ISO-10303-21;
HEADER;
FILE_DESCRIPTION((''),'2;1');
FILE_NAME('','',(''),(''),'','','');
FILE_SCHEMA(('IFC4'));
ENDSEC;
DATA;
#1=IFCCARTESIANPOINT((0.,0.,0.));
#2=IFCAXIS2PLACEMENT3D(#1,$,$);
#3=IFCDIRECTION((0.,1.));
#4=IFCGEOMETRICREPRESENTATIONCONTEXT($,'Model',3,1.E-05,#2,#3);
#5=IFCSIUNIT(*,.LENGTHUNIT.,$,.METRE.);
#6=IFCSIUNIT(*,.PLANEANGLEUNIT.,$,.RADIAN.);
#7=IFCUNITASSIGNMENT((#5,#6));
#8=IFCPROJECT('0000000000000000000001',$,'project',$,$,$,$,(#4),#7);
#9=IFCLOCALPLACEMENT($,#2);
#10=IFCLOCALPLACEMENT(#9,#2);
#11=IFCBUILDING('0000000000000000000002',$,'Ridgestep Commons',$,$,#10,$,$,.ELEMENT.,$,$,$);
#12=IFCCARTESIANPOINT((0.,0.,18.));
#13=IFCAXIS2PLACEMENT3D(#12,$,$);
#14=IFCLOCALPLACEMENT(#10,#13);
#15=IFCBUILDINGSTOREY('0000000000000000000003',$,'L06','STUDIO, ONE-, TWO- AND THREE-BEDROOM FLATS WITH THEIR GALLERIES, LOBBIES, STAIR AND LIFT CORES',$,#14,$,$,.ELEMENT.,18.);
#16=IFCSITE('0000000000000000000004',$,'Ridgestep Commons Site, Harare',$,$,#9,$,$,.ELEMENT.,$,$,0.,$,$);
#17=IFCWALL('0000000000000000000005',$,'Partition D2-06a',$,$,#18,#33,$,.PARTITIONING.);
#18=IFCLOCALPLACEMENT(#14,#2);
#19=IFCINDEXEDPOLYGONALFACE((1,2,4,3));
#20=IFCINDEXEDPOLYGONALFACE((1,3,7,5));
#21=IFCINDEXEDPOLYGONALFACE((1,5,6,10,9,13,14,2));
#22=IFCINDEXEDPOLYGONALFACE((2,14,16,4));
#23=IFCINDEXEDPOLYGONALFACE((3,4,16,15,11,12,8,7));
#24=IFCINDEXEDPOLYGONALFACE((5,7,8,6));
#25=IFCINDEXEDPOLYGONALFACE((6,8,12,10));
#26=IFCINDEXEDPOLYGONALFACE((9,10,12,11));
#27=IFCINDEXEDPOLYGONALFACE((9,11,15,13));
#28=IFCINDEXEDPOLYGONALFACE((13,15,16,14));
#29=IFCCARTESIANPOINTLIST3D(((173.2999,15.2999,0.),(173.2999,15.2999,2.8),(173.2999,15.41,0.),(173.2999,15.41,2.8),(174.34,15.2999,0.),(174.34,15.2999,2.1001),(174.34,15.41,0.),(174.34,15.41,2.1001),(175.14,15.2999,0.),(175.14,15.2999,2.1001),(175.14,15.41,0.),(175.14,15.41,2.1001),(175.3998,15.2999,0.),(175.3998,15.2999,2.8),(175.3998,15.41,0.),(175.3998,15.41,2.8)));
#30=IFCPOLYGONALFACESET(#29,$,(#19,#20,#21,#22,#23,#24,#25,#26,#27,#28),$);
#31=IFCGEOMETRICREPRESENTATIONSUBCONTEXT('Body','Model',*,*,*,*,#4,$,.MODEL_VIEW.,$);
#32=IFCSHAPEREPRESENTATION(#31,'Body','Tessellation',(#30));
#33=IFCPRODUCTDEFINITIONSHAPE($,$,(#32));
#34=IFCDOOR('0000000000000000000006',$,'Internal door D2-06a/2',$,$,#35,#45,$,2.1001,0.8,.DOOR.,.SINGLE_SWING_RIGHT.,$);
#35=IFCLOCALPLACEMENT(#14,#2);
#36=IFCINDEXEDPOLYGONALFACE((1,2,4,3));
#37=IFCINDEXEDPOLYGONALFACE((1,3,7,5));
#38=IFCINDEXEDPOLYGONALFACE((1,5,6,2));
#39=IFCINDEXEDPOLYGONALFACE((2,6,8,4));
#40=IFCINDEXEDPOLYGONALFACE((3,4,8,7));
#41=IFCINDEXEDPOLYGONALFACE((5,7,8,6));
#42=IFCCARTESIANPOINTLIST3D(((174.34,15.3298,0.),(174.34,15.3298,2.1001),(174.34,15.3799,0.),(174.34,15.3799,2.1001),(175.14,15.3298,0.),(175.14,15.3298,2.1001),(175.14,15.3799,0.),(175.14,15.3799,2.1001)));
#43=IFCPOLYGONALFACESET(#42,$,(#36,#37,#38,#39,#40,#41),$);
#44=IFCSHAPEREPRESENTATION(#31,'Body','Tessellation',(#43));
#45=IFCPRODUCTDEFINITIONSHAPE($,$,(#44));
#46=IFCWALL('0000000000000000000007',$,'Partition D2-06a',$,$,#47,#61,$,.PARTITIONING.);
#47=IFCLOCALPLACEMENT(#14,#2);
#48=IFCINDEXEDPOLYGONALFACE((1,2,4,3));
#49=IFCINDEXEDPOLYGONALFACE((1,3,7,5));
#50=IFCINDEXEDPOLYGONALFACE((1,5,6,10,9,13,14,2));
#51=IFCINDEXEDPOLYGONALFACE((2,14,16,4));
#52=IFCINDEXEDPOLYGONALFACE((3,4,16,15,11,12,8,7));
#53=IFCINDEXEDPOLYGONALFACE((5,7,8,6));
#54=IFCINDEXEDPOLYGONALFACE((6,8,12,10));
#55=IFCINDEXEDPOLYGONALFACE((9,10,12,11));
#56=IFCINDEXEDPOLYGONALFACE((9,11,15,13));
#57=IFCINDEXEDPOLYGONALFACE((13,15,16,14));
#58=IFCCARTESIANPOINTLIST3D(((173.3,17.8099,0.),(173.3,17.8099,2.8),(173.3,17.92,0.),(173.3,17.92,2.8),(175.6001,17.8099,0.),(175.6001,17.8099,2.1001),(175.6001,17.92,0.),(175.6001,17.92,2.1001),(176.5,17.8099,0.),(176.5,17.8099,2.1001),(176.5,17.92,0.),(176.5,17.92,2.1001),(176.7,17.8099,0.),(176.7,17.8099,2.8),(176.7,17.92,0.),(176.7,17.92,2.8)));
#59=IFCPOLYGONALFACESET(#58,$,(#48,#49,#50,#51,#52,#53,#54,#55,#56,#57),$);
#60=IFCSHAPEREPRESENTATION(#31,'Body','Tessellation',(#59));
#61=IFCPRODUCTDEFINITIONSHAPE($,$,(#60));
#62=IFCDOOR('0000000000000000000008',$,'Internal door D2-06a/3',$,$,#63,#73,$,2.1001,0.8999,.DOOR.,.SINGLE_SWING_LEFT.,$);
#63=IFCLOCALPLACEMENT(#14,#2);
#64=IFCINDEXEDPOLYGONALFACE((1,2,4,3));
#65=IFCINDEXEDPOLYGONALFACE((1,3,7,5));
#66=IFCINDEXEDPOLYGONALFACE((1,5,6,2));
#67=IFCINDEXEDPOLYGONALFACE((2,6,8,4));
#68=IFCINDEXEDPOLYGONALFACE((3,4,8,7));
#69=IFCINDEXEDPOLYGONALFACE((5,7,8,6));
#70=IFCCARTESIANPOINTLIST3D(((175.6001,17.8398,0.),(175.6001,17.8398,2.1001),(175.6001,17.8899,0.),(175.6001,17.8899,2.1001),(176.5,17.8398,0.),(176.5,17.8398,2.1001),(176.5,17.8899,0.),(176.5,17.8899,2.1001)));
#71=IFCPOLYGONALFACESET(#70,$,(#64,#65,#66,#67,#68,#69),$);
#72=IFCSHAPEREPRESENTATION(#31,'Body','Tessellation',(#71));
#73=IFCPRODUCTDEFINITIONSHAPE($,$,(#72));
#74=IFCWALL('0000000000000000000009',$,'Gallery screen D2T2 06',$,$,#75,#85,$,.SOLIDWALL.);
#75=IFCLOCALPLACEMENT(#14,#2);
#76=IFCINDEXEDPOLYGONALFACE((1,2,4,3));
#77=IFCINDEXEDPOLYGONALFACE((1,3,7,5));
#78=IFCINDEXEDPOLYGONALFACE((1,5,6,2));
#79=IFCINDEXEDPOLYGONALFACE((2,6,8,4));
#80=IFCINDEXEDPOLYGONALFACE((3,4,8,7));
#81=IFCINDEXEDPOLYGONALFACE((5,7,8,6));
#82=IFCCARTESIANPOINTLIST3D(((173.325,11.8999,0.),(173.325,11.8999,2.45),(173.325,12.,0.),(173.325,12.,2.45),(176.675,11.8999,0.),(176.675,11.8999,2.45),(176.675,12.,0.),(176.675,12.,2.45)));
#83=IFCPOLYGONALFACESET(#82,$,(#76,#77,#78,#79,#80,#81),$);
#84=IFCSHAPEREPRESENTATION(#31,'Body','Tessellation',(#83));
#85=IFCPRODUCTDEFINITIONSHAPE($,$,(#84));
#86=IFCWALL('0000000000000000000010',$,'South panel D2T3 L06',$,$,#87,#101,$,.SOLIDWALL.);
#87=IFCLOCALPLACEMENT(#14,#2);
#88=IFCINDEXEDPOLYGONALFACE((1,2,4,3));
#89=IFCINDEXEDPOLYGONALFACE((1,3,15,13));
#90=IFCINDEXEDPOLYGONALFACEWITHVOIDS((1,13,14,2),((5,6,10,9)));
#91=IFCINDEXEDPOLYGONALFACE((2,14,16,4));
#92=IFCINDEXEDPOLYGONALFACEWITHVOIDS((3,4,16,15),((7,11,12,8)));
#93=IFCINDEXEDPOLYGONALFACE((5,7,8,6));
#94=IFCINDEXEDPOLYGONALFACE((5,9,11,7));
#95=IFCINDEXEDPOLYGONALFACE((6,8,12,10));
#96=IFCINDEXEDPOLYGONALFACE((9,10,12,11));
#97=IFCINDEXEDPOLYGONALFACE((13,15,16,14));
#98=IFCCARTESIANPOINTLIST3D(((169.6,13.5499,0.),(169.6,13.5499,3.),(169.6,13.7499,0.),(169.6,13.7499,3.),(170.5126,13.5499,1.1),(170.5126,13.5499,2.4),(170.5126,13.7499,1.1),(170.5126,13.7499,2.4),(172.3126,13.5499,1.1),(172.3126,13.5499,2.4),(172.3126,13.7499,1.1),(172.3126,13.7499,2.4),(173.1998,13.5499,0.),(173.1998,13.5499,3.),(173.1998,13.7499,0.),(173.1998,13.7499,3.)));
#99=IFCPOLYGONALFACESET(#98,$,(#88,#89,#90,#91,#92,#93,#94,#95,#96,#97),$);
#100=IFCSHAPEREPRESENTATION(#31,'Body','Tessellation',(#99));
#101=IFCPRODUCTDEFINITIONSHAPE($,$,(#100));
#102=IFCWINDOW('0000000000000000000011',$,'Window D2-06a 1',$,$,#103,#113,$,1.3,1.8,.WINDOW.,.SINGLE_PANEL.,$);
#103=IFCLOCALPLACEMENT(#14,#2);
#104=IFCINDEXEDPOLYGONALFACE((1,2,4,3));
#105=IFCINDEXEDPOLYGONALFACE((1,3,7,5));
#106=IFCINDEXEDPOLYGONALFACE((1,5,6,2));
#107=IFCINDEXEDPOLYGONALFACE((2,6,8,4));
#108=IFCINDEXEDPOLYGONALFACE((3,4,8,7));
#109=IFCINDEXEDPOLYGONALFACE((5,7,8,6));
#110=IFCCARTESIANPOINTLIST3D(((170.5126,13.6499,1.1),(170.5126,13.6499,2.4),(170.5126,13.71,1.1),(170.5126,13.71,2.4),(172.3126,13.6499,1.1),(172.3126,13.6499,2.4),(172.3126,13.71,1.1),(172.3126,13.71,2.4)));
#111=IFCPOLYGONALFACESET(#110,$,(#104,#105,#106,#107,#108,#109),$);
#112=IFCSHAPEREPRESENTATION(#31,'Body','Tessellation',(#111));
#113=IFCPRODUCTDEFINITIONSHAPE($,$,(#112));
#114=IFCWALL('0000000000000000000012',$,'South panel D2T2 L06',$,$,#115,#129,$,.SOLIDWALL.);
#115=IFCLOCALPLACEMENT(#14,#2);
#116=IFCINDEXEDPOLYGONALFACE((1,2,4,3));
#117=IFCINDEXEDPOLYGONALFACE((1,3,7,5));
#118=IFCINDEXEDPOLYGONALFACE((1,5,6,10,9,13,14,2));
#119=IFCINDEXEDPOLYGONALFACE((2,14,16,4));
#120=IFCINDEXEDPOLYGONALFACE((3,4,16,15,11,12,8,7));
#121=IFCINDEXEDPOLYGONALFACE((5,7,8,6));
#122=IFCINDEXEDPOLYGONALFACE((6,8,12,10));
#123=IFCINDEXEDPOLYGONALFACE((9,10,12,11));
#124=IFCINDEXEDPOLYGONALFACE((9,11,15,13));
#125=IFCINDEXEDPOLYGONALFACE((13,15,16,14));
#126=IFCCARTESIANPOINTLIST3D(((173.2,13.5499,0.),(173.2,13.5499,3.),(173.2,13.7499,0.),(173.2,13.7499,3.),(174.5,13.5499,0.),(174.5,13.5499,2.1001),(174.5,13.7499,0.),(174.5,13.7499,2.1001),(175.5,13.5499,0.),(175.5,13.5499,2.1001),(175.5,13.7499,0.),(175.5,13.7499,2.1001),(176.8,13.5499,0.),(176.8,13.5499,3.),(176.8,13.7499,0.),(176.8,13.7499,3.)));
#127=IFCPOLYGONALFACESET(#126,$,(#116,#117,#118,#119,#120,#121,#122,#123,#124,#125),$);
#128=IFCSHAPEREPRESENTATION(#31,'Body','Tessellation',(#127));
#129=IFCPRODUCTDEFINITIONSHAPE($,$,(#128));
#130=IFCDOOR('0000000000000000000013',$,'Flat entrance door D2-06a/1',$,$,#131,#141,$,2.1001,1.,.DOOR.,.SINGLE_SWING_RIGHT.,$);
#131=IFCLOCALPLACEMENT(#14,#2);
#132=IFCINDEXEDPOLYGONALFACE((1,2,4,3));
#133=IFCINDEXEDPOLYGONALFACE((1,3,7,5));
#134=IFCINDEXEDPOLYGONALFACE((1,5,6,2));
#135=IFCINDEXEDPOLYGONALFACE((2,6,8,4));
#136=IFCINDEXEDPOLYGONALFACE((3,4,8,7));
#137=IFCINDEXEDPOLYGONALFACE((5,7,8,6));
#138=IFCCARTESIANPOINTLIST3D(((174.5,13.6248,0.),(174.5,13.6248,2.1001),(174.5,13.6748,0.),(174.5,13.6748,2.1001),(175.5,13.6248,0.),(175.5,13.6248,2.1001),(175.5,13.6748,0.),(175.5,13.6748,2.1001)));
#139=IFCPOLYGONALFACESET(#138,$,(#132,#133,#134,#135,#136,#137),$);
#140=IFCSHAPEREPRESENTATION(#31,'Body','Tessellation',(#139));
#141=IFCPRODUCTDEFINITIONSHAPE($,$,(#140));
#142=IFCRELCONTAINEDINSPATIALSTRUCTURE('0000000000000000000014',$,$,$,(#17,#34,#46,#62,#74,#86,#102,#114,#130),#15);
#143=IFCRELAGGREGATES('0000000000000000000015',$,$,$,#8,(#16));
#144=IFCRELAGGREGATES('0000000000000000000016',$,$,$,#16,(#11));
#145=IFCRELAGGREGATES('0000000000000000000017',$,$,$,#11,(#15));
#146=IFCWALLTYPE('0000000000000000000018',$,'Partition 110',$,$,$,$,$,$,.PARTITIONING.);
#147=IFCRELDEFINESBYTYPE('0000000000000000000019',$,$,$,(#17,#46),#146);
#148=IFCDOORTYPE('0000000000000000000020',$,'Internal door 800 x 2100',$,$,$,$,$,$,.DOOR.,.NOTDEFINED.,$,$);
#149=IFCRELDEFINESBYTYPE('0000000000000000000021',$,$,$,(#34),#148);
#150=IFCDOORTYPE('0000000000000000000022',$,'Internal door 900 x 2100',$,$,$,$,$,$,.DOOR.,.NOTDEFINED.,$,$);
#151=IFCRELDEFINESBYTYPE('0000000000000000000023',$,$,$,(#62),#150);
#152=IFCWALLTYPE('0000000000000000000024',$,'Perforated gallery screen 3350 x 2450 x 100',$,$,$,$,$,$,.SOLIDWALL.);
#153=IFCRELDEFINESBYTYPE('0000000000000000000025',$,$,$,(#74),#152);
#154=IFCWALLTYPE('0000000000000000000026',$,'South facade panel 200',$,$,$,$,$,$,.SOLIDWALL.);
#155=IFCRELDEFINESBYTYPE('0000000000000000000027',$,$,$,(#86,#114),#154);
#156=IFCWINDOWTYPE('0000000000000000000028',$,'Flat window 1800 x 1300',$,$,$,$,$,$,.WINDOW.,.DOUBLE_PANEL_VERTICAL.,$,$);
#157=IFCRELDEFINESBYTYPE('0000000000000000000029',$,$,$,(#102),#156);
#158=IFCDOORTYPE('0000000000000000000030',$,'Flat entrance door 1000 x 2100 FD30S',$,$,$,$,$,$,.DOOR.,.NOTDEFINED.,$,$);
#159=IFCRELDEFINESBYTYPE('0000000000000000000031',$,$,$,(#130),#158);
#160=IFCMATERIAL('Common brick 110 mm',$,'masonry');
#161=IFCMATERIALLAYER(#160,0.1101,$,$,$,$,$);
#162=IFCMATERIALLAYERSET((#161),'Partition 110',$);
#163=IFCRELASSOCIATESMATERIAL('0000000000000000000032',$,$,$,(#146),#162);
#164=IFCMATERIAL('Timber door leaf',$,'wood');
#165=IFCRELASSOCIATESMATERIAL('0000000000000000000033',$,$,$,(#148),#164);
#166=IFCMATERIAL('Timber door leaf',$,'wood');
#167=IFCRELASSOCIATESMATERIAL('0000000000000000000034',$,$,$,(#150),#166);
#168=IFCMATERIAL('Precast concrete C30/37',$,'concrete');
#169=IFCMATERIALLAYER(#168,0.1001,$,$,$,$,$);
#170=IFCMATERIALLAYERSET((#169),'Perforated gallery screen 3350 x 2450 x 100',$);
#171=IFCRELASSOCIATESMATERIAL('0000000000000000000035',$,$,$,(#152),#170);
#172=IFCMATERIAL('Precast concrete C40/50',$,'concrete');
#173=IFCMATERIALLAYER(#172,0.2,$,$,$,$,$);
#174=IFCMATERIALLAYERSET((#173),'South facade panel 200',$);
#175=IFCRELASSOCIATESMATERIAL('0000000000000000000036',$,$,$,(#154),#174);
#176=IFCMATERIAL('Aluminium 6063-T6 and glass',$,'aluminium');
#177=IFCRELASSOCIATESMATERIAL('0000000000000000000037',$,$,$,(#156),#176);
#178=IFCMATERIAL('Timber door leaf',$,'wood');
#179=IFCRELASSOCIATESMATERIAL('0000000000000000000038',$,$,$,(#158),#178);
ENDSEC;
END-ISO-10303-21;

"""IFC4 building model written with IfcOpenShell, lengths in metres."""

from ifc_helpers import new_model, si_unit, direction, frame, frame_2d, origin, place, context, subcontext, project, spatial, rectangle, extrude, material, layer, layer_set, type_object, element, fill, save


model = new_model("IFC4")

# Units and contexts
model_context = context("Model", 3, precision=1e-05, world=origin(), true_north=direction((0.0, 1.0)))
body_context = subcontext(model_context, "Body", "Model", "MODEL_VIEW")
ifc_project = project(units=[si_unit("LENGTHUNIT", "METRE"), si_unit("PLANEANGLEUNIT", "RADIAN")], contexts=[model_context])

# Site, building, storey
site_placement = place(None, origin())
site = spatial("IfcSite", under=ifc_project, at=site_placement, Name="Ridgestep Commons Site, Harare", CompositionType="ELEMENT", RefElevation=0.0)
building_placement = place(site_placement, origin())
building = spatial("IfcBuilding", under=site, at=building_placement, Name="Ridgestep Commons", CompositionType="ELEMENT")
storey_placement = place(building_placement, frame((0.0, 0.0, 18.0)))
storey = spatial("IfcBuildingStorey", under=building, at=storey_placement, Name="L06", Description="STUDIO, ONE-, TWO- AND THREE-BEDROOM FLATS WITH THEIR GALLERIES, LOBBIES, STAIR AND LIFT CORES", CompositionType="ELEMENT", Elevation=18.0)

# Walls, openings, doors
ifc_material_1 = material(Name="Common brick 110 mm", Category="masonry")
ifc_layer_1 = layer(ifc_material_1, 0.1101)
ifc_layer_set_1 = layer_set([ifc_layer_1], Name="Partition 110")
wall_type_1 = type_object("IfcWallType", Name="Partition 110", PredefinedType="PARTITIONING", material=ifc_layer_set_1)
wall_1_placement = place(storey_placement, frame((173.3, 15.355, 0.0), z_axis=(0.0, 0.0, 1.0), x_axis=(1.0, 0.0, 0.0)))
wall_1 = element("IfcWall", 1, at=wall_1_placement, inside=storey, type_object=wall_type_1, Name="Partition D2-06a", PredefinedType="PARTITIONING", context=body_context, shape_type="SweptSolid", body=[
    extrude(rectangle(XDim=2.0999, YDim=0.1101, at=frame_2d((1.0498, 0.0))), origin(), (0.0, 0.0, 1.0), 2.8),
])
opening_1_placement = place(wall_1_placement, frame((1.04, 0.0, 0.0)))
opening_1 = element("IfcOpeningElement", 2, at=opening_1_placement, cuts=wall_1, PredefinedType="OPENING", context=body_context, shape_type="SweptSolid", body=[
    extrude(rectangle(XDim=0.8, YDim=2.1001, at=frame_2d((0.3999, 1.05))), frame((0.0, 0.0649, 0.0), z_axis=(0.0, -1.0, 0.0), x_axis=(1.0, 0.0, 0.0)), (0.0, 0.0, 1.0), 0.1301),
])
ifc_material_2 = material(Name="Timber door leaf", Category="wood")
door_type_1 = type_object("IfcDoorType", Name="Internal door 800 x 2100", OperationType="NOTDEFINED", PredefinedType="DOOR", material=ifc_material_2)
door_1_placement = place(opening_1_placement, origin())
door_1 = element("IfcDoor", 3, at=door_1_placement, inside=storey, type_object=door_type_1, Name="Internal door D2-06a/2", OperationType="SINGLE_SWING_RIGHT", OverallHeight=2.1001, OverallWidth=0.8, PredefinedType="DOOR", context=body_context, shape_type="SweptSolid", body=[
    extrude(rectangle(XDim=0.8, YDim=2.1001, at=frame_2d((0.3999, 1.05))), frame((0.0, 0.0249, 0.0), z_axis=(0.0, -1.0, 0.0), x_axis=(1.0, 0.0, 0.0)), (0.0, 0.0, 1.0), 0.05),
])
fill(opening_1, door_1)
wall_2_placement = place(storey_placement, frame((173.3, 17.865, 0.0), z_axis=(0.0, 0.0, 1.0), x_axis=(1.0, 0.0, 0.0)))
wall_2 = element("IfcWall", 4, at=wall_2_placement, inside=storey, type_object=wall_type_1, Name="Partition D2-06a", PredefinedType="PARTITIONING", context=body_context, shape_type="SweptSolid", body=[
    extrude(rectangle(XDim=3.3999, YDim=0.1101, at=frame_2d((1.7, 0.0))), origin(), (0.0, 0.0, 1.0), 2.8),
])
opening_2_placement = place(wall_2_placement, frame((2.3, 0.0, 0.0)))
opening_2 = element("IfcOpeningElement", 5, at=opening_2_placement, cuts=wall_2, PredefinedType="OPENING", context=body_context, shape_type="SweptSolid", body=[
    extrude(rectangle(XDim=0.8999, YDim=2.1001, at=frame_2d((0.45, 1.05))), frame((0.0, 0.0649, 0.0), z_axis=(0.0, -1.0, 0.0), x_axis=(1.0, 0.0, 0.0)), (0.0, 0.0, 1.0), 0.1301),
])
ifc_material_3 = material(Name="Timber door leaf", Category="wood")
door_type_2 = type_object("IfcDoorType", Name="Internal door 900 x 2100", OperationType="NOTDEFINED", PredefinedType="DOOR", material=ifc_material_3)
door_2_placement = place(opening_2_placement, origin())
door_2 = element("IfcDoor", 6, at=door_2_placement, inside=storey, type_object=door_type_2, Name="Internal door D2-06a/3", OperationType="SINGLE_SWING_LEFT", OverallHeight=2.1001, OverallWidth=0.8999, PredefinedType="DOOR", context=body_context, shape_type="SweptSolid", body=[
    extrude(rectangle(XDim=0.8999, YDim=2.1001, at=frame_2d((0.45, 1.05))), frame((0.0, 0.0249, 0.0), z_axis=(0.0, -1.0, 0.0), x_axis=(1.0, 0.0, 0.0)), (0.0, 0.0, 1.0), 0.05),
])
fill(opening_2, door_2)

# Wall
ifc_material_4 = material(Name="Precast concrete C30/37", Category="concrete")
ifc_layer_2 = layer(ifc_material_4, 0.1001)
ifc_layer_set_2 = layer_set([ifc_layer_2], Name="Perforated gallery screen 3350 x 2450 x 100")
wall_type_2 = type_object("IfcWallType", Name="Perforated gallery screen 3350 x 2450 x 100", PredefinedType="SOLIDWALL", material=ifc_layer_set_2)
wall_3_placement = place(storey_placement, frame((173.325, 11.95, 0.0), z_axis=(0.0, 0.0, 1.0), x_axis=(1.0, 0.0, 0.0)))
element("IfcWall", 7, at=wall_3_placement, inside=storey, type_object=wall_type_2, Name="Gallery screen D2T2 06", PredefinedType="SOLIDWALL", context=body_context, shape_type="SweptSolid", body=[
    extrude(rectangle(XDim=3.3501, YDim=0.1001, at=frame_2d((1.675, 0.0))), origin(), (0.0, 0.0, 1.0), 2.45),
])

# Wall, opening, window
ifc_material_5 = material(Name="Precast concrete C40/50", Category="concrete")
ifc_layer_3 = layer(ifc_material_5, 0.2)
ifc_layer_set_3 = layer_set([ifc_layer_3], Name="South facade panel 200")
wall_type_3 = type_object("IfcWallType", Name="South facade panel 200", PredefinedType="SOLIDWALL", material=ifc_layer_set_3)
wall_4_placement = place(storey_placement, frame((169.6001, 13.6499, 0.0), z_axis=(0.0, 0.0, 1.0), x_axis=(1.0, 0.0, 0.0)))
wall_4 = element("IfcWall", 8, at=wall_4_placement, inside=storey, type_object=wall_type_3, Name="South panel D2T3 L06", PredefinedType="SOLIDWALL", context=body_context, shape_type="SweptSolid", body=[
    extrude(rectangle(XDim=3.5999, YDim=0.2, at=frame_2d((1.7998, 0.0))), origin(), (0.0, 0.0, 1.0), 3.0),
])
opening_3_placement = place(wall_4_placement, frame((0.9126, 0.0, 1.1001)))
opening_3 = element("IfcOpeningElement", 9, at=opening_3_placement, cuts=wall_4, PredefinedType="OPENING", context=body_context, shape_type="SweptSolid", body=[
    extrude(rectangle(XDim=1.8, YDim=1.3, at=frame_2d((0.8999, 0.6499))), frame((0.0, 0.1099, 0.0), z_axis=(0.0, -1.0, 0.0), x_axis=(1.0, 0.0, 0.0)), (0.0, 0.0, 1.0), 0.22),
])
ifc_material_6 = material(Name="Aluminium 6063-T6 and glass", Category="aluminium")
window_type = type_object("IfcWindowType", Name="Flat window 1800 x 1300", PartitioningType="DOUBLE_PANEL_VERTICAL", PredefinedType="WINDOW", material=ifc_material_6)
window_placement = place(opening_3_placement, origin())
window = element("IfcWindow", 10, at=window_placement, inside=storey, type_object=window_type, Name="Window D2-06a 1", OverallHeight=1.3, OverallWidth=1.8, PartitioningType="SINGLE_PANEL", PredefinedType="WINDOW", context=body_context, shape_type="SweptSolid", body=[
    extrude(rectangle(XDim=1.8, YDim=1.3, at=frame_2d((0.8999, 0.6499))), frame((0.0, 0.0601, 0.0), z_axis=(0.0, -1.0, 0.0), x_axis=(1.0, 0.0, 0.0)), (0.0, 0.0, 1.0), 0.0601),
])
fill(opening_3, window)

# Wall, opening, door
wall_5_placement = place(storey_placement, frame((173.2, 13.6499, 0.0), z_axis=(0.0, 0.0, 1.0), x_axis=(1.0, 0.0, 0.0)))
wall_5 = element("IfcWall", 11, at=wall_5_placement, inside=storey, type_object=wall_type_3, Name="South panel D2T2 L06", PredefinedType="SOLIDWALL", context=body_context, shape_type="SweptSolid", body=[
    extrude(rectangle(XDim=3.6001, YDim=0.2, at=frame_2d((1.8, 0.0))), origin(), (0.0, 0.0, 1.0), 3.0),
])
opening_4_placement = place(wall_5_placement, frame((1.3, 0.0, 0.0)))
opening_4 = element("IfcOpeningElement", 12, at=opening_4_placement, cuts=wall_5, PredefinedType="OPENING", context=body_context, shape_type="SweptSolid", body=[
    extrude(rectangle(XDim=1.0, YDim=2.1001, at=frame_2d((0.5, 1.05))), frame((0.0, 0.1099, 0.0), z_axis=(0.0, -1.0, 0.0), x_axis=(1.0, 0.0, 0.0)), (0.0, 0.0, 1.0), 0.22),
])
ifc_material_7 = material(Name="Timber door leaf", Category="wood")
door_type_3 = type_object("IfcDoorType", Name="Flat entrance door 1000 x 2100 FD30S", OperationType="NOTDEFINED", PredefinedType="DOOR", material=ifc_material_7)
door_3_placement = place(opening_4_placement, origin())
door_3 = element("IfcDoor", 13, at=door_3_placement, inside=storey, type_object=door_type_3, Name="Flat entrance door D2-06a/1", OperationType="SINGLE_SWING_RIGHT", OverallHeight=2.1001, OverallWidth=1.0, PredefinedType="DOOR", context=body_context, shape_type="SweptSolid", body=[
    extrude(rectangle(XDim=1.0, YDim=2.1001, at=frame_2d((0.5, 1.05))), frame((0.0, 0.0249, 0.0), z_axis=(0.0, -1.0, 0.0), x_axis=(1.0, 0.0, 0.0)), (0.0, 0.0, 1.0), 0.05),
])
fill(opening_4, door_3)

save(model, "model.ifc")
